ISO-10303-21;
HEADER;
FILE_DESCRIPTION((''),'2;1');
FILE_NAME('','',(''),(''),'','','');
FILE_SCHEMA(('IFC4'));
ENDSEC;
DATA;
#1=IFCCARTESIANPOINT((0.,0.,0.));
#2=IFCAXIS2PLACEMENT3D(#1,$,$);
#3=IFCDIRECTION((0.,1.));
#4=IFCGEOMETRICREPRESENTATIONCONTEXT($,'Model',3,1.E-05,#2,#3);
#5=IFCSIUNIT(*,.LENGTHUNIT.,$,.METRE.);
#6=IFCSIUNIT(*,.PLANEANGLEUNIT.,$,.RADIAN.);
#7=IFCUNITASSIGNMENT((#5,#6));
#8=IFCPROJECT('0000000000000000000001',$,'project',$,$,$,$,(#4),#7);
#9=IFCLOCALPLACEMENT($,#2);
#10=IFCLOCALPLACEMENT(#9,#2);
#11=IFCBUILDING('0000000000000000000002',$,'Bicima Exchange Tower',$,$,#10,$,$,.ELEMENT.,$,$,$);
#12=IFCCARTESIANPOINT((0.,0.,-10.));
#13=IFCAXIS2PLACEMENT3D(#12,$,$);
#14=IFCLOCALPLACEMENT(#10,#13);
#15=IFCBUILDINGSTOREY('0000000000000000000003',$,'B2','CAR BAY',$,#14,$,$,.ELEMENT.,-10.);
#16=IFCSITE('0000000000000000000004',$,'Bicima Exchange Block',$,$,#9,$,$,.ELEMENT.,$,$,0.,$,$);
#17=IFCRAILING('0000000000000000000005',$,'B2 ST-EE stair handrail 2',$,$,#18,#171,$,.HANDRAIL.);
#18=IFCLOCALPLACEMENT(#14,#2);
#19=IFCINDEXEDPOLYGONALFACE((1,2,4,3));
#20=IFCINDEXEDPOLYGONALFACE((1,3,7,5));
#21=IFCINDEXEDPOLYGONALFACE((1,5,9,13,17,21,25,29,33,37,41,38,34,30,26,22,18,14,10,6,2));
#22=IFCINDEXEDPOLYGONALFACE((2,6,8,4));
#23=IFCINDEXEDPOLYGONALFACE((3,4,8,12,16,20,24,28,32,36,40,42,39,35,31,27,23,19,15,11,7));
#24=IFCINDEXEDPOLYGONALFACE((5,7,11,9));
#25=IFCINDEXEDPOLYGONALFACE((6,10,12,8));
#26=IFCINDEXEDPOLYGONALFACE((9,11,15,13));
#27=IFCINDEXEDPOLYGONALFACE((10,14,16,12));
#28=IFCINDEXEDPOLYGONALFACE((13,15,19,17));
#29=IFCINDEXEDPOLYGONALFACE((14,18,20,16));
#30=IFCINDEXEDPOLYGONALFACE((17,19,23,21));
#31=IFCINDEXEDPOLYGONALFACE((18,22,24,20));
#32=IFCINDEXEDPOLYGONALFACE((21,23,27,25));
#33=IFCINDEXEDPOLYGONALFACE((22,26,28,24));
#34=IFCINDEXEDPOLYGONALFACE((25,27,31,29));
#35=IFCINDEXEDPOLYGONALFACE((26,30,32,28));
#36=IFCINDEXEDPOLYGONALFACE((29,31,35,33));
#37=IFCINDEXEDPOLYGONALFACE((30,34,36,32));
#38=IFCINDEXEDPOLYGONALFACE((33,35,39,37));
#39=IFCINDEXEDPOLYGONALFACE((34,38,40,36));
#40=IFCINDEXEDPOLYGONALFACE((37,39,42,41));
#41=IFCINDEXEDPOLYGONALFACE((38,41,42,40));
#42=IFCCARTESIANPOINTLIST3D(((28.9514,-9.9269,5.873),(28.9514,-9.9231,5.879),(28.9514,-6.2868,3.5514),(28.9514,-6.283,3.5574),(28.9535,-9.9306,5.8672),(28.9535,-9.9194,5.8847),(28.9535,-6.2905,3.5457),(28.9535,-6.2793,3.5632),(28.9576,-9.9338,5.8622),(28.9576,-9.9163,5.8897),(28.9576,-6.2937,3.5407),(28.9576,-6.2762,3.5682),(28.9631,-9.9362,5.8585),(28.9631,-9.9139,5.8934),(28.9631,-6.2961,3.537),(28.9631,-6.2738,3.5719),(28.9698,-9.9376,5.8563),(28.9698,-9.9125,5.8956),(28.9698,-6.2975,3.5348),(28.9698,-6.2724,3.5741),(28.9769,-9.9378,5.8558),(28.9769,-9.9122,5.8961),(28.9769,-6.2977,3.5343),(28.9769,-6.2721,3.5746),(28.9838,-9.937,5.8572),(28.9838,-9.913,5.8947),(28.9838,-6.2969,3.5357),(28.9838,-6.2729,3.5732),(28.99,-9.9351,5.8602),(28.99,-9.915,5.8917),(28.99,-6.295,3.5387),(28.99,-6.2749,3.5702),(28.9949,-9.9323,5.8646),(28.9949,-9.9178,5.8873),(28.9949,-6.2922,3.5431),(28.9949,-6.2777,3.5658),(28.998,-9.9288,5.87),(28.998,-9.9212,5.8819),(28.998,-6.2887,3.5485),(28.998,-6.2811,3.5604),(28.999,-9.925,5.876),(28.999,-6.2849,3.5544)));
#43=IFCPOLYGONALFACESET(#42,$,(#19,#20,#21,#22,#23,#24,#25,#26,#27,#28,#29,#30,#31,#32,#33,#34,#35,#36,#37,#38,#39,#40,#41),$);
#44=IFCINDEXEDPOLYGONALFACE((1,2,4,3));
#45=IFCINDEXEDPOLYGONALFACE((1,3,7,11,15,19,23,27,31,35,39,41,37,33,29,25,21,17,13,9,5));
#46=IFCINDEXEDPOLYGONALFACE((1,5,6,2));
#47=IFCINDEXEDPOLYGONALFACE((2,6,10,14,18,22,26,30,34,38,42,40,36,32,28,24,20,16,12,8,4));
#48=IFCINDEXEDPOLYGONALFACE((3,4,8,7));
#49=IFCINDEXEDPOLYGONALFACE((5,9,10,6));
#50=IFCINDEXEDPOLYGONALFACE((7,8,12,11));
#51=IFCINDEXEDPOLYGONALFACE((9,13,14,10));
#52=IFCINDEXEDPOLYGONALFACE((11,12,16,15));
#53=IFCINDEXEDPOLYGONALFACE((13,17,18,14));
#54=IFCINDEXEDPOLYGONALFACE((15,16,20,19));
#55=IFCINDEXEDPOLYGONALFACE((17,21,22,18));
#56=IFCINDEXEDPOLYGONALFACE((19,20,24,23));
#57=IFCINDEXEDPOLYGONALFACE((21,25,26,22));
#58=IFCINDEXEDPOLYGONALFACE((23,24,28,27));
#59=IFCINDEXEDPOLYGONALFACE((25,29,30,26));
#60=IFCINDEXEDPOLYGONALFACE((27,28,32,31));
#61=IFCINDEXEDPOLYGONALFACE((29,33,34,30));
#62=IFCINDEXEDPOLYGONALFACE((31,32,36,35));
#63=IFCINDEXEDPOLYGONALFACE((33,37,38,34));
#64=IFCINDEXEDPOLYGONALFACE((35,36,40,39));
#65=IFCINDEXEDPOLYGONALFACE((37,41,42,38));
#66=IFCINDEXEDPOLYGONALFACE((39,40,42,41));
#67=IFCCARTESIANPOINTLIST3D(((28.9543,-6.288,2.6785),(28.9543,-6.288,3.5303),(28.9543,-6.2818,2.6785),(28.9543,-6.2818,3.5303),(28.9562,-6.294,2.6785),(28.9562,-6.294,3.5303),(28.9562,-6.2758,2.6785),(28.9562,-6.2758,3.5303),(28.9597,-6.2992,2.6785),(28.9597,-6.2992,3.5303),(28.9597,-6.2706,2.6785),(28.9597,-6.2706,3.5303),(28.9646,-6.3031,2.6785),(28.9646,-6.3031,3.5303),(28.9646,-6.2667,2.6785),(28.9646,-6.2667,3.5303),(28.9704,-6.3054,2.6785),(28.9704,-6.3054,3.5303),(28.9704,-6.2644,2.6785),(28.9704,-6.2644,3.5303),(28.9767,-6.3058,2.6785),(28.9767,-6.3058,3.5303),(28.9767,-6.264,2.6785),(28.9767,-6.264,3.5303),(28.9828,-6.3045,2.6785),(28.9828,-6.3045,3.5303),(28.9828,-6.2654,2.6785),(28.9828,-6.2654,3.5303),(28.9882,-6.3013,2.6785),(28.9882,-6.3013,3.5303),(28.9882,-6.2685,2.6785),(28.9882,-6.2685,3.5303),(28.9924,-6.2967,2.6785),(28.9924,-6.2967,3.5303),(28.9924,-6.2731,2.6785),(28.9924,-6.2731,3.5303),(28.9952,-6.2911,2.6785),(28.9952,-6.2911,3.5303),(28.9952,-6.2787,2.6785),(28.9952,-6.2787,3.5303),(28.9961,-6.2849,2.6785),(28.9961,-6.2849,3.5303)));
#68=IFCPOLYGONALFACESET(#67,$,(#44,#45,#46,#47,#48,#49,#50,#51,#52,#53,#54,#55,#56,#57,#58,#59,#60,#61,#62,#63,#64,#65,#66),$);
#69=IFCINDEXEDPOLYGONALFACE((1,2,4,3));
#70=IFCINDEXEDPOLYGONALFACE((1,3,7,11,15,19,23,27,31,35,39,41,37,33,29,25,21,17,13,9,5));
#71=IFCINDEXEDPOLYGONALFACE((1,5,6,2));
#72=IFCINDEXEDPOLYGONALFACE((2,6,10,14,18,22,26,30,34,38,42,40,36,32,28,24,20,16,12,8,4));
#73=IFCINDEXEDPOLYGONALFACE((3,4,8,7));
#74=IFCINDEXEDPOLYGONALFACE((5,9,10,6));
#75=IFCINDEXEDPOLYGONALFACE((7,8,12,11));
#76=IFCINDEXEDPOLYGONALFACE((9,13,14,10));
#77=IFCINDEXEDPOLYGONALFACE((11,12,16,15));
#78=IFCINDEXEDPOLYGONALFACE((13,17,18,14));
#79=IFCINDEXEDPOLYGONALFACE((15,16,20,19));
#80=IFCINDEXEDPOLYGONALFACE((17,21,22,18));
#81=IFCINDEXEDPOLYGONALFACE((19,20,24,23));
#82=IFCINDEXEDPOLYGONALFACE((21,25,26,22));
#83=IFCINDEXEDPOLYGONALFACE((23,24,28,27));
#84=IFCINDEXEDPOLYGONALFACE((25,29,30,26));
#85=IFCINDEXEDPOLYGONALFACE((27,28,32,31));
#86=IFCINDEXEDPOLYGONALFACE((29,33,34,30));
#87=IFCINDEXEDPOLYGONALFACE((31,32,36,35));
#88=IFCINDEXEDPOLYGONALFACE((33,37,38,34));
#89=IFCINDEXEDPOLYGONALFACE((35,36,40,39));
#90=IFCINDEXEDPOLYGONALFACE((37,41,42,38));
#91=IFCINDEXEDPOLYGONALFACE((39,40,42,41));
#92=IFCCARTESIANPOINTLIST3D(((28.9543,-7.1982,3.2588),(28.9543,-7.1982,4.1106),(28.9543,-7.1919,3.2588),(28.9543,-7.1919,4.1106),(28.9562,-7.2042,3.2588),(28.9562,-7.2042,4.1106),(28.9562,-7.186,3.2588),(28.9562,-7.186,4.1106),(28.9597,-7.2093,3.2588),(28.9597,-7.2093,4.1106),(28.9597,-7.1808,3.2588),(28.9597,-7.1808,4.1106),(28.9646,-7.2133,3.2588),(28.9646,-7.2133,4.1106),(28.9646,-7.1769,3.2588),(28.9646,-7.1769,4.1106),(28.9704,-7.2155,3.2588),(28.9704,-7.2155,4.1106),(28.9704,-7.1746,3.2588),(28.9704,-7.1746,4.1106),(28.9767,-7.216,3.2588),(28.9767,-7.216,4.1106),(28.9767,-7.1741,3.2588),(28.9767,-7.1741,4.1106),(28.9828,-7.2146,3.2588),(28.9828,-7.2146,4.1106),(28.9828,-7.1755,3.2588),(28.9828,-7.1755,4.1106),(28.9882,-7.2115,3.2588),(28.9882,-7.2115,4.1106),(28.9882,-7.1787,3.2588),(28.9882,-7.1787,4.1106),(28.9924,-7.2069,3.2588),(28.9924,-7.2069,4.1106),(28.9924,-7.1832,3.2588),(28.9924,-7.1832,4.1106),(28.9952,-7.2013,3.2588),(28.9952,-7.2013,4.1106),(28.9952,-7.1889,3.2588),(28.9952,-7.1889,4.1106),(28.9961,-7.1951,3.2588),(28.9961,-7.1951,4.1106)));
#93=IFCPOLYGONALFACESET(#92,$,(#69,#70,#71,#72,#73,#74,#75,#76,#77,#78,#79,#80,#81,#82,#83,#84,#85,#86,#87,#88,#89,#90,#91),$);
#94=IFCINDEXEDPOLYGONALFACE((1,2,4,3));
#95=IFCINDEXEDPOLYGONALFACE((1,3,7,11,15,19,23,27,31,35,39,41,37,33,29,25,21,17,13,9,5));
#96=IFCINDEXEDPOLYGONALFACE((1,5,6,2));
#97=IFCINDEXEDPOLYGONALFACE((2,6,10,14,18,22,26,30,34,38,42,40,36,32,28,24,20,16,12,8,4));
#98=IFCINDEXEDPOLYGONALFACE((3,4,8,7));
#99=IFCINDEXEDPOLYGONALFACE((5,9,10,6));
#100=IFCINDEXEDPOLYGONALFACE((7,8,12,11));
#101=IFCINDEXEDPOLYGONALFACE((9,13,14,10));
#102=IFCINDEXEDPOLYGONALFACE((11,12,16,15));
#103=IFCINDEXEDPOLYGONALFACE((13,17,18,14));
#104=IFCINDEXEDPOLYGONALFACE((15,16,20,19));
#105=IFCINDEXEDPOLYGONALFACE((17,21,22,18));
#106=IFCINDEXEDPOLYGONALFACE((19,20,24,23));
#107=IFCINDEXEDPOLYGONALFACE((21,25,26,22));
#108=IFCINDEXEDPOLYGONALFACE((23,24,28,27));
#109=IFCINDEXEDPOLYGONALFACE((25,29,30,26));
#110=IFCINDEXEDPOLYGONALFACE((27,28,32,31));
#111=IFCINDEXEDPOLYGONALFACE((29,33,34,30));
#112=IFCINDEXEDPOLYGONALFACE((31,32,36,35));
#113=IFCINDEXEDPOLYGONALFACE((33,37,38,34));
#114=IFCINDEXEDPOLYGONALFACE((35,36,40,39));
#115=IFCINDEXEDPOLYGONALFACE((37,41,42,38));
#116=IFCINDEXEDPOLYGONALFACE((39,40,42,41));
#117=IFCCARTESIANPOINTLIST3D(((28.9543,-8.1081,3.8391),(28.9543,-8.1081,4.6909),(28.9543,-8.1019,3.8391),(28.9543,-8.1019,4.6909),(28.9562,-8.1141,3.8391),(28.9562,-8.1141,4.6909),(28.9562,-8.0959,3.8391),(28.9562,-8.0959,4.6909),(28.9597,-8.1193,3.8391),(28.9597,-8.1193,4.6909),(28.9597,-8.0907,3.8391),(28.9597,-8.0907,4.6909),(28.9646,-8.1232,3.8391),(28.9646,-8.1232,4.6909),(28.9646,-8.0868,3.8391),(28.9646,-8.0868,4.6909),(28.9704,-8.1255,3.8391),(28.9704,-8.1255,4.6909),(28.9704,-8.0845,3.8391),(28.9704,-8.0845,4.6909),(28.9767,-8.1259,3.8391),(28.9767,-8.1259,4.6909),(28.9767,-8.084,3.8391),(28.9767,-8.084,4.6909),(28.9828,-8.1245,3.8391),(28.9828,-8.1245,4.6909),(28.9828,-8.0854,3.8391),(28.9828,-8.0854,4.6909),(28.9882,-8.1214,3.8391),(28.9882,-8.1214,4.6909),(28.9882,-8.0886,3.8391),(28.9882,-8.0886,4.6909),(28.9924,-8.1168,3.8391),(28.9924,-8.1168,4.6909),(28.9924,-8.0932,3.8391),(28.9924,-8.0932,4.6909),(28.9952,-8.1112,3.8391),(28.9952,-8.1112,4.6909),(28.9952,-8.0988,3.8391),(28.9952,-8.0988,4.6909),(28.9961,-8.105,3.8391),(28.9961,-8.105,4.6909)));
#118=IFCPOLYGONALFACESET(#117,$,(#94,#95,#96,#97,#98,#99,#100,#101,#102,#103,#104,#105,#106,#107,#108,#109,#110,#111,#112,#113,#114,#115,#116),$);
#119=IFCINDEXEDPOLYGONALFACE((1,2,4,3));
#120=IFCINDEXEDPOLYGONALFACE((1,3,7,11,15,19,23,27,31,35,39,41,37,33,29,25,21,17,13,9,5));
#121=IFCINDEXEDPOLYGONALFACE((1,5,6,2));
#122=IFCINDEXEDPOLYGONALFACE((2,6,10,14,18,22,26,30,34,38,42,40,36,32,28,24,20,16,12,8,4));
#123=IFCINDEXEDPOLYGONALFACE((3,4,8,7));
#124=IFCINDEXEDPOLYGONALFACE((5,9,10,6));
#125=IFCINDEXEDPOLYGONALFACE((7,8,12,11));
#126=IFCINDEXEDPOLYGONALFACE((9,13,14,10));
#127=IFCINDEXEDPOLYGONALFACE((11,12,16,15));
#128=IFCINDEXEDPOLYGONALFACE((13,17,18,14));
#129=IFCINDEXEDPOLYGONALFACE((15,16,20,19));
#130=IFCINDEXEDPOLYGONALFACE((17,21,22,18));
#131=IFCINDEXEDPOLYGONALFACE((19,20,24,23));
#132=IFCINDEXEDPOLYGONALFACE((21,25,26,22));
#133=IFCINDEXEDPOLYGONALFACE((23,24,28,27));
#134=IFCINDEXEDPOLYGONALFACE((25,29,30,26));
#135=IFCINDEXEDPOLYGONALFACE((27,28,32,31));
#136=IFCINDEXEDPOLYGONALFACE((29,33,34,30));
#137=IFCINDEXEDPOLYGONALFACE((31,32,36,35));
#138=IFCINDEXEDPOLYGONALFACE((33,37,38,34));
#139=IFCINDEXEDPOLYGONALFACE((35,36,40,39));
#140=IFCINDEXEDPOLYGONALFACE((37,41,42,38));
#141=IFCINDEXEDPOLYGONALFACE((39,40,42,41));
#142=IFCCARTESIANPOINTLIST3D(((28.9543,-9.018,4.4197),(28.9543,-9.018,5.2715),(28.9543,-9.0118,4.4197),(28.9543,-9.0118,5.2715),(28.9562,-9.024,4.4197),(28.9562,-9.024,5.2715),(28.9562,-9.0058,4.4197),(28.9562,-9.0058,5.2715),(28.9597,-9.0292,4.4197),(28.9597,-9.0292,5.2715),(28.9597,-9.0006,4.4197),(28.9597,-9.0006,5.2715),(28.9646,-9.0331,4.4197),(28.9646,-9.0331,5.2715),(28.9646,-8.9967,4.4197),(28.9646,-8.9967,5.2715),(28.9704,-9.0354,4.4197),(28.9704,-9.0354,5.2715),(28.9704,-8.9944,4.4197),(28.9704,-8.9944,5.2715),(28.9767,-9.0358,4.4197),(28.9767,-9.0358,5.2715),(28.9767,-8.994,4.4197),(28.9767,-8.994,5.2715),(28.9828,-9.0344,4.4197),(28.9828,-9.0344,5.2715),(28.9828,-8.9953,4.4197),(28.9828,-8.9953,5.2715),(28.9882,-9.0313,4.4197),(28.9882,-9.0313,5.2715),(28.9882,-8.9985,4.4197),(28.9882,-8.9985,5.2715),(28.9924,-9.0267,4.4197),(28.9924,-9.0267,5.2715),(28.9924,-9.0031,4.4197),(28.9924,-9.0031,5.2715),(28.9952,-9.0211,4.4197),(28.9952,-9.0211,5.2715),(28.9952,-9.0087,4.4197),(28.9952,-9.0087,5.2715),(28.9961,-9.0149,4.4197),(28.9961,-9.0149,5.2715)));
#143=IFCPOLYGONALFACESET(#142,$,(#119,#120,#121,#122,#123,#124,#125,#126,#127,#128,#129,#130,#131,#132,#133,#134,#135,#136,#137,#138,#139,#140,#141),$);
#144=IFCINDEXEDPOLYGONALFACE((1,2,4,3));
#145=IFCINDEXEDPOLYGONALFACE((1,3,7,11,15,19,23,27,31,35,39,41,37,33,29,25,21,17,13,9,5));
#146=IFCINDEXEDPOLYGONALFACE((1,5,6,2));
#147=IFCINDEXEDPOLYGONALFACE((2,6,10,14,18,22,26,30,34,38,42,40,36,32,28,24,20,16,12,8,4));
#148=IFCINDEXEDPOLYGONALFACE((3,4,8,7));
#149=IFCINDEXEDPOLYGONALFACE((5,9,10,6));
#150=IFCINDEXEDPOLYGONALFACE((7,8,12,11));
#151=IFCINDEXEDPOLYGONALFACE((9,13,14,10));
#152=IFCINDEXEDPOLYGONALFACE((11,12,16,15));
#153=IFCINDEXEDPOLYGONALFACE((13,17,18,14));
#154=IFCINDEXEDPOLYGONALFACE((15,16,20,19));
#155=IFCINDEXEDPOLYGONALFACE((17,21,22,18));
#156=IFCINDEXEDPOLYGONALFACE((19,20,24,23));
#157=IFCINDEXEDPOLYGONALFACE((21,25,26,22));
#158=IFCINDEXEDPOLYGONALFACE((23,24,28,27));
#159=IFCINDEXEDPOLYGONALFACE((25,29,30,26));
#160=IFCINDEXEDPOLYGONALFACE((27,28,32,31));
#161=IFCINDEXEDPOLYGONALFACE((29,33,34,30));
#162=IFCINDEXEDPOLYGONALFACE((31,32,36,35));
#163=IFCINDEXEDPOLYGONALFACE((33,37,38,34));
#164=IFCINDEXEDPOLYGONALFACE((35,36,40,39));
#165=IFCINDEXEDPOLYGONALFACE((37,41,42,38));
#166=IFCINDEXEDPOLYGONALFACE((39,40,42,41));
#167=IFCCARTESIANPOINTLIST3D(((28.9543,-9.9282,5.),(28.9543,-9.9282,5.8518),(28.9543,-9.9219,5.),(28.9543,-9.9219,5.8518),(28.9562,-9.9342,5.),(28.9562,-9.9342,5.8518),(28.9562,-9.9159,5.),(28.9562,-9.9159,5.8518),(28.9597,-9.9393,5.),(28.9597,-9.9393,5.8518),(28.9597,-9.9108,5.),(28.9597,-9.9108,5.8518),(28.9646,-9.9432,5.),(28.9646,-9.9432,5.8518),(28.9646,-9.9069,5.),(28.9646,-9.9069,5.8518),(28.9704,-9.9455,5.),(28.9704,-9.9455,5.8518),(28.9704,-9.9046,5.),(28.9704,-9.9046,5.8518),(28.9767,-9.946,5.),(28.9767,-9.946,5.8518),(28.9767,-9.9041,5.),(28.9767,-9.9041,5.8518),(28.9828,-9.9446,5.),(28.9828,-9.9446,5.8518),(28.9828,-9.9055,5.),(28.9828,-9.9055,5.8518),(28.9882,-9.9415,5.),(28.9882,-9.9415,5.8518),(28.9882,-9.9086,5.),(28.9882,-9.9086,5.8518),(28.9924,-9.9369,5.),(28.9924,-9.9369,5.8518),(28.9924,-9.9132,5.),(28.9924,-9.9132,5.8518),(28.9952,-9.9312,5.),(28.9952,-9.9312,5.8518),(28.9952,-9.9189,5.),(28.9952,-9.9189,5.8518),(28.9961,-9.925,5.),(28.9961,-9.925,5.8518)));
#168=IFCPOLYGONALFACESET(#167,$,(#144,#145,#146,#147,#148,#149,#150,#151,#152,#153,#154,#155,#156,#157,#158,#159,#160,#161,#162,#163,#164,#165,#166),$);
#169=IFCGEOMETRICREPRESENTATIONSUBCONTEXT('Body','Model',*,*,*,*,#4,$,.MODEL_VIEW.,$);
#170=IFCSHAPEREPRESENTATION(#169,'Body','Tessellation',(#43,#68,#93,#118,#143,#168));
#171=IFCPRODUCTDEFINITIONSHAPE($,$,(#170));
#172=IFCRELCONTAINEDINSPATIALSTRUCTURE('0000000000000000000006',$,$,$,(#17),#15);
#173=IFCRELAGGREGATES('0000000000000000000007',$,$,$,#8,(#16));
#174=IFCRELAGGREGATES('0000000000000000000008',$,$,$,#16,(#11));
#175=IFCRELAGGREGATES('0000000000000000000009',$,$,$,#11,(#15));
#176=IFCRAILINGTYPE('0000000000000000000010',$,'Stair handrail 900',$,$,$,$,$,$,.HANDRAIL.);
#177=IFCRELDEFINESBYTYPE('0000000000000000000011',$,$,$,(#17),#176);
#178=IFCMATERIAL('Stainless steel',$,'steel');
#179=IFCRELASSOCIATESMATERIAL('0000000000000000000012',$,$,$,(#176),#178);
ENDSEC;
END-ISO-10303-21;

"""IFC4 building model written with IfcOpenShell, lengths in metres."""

from ifc_helpers import new_model, si_unit, direction, frame, origin, origin_2d, place, context, subcontext, project, spatial, circle, extrude, material, type_object, element, save


model = new_model("IFC4")

# Units and contexts
model_context = context("Model", 3, precision=1e-05, world=origin(), true_north=direction((0.0, 1.0)))
body_context = subcontext(model_context, "Body", "Model", "MODEL_VIEW")
ifc_project = project(units=[si_unit("LENGTHUNIT", "METRE"), si_unit("PLANEANGLEUNIT", "RADIAN")], contexts=[model_context])

# Site, building, storey
site_placement = place(None, origin())
site = spatial("IfcSite", under=ifc_project, at=site_placement, Name="Bicima Exchange Block", CompositionType="ELEMENT", RefElevation=0.0)
building_placement = place(site_placement, origin())
building = spatial("IfcBuilding", under=site, at=building_placement, Name="Bicima Exchange Tower", CompositionType="ELEMENT")
storey_placement = place(building_placement, frame((0.0, 0.0, -10.0)))
storey = spatial("IfcBuildingStorey", under=building, at=storey_placement, Name="B2", Description="CAR BAY", CompositionType="ELEMENT", Elevation=-10.0)

# Railing
ifc_material_1 = material(Name="Stainless steel", Category="steel")
railing_type_1 = type_object("IfcRailingType", Name="Stair handrail 900", PredefinedType="HANDRAIL", material=ifc_material_1)
railing_1_placement = place(storey_placement, frame((28.9751, -6.2849, 2.6785)))
element("IfcRailing", 1, at=railing_1_placement, inside=storey, type_object=railing_type_1, Name="B2 ST-EE stair handrail 2", PredefinedType="HANDRAIL", context=body_context, shape_type="SweptSolid", body=[
    extrude(circle(Radius=0.0239, at=origin_2d()), frame((0.0, 0.0, 0.876), z_axis=(0.0, -0.843128, 0.537713), x_axis=(1.0, 0.0, 0.0)), (0.0, 0.0, 1.0), 4.3174),
    extrude(circle(Radius=0.021, at=origin_2d()), origin(), (0.0, 0.0, 1.0), 0.8518),
    extrude(circle(Radius=0.021, at=origin_2d()), frame((0.0, -0.9102, 0.5803)), (0.0, 0.0, 1.0), 0.8518),
    extrude(circle(Radius=0.021, at=origin_2d()), frame((0.0, -1.8201, 1.1606)), (0.0, 0.0, 1.0), 0.8518),
    extrude(circle(Radius=0.021, at=origin_2d()), frame((0.0, -2.73, 1.7412)), (0.0, 0.0, 1.0), 0.8518),
    extrude(circle(Radius=0.021, at=origin_2d()), frame((0.0, -3.6401, 2.3215)), (0.0, 0.0, 1.0), 0.8518),
])

save(model, "model.ifc")
